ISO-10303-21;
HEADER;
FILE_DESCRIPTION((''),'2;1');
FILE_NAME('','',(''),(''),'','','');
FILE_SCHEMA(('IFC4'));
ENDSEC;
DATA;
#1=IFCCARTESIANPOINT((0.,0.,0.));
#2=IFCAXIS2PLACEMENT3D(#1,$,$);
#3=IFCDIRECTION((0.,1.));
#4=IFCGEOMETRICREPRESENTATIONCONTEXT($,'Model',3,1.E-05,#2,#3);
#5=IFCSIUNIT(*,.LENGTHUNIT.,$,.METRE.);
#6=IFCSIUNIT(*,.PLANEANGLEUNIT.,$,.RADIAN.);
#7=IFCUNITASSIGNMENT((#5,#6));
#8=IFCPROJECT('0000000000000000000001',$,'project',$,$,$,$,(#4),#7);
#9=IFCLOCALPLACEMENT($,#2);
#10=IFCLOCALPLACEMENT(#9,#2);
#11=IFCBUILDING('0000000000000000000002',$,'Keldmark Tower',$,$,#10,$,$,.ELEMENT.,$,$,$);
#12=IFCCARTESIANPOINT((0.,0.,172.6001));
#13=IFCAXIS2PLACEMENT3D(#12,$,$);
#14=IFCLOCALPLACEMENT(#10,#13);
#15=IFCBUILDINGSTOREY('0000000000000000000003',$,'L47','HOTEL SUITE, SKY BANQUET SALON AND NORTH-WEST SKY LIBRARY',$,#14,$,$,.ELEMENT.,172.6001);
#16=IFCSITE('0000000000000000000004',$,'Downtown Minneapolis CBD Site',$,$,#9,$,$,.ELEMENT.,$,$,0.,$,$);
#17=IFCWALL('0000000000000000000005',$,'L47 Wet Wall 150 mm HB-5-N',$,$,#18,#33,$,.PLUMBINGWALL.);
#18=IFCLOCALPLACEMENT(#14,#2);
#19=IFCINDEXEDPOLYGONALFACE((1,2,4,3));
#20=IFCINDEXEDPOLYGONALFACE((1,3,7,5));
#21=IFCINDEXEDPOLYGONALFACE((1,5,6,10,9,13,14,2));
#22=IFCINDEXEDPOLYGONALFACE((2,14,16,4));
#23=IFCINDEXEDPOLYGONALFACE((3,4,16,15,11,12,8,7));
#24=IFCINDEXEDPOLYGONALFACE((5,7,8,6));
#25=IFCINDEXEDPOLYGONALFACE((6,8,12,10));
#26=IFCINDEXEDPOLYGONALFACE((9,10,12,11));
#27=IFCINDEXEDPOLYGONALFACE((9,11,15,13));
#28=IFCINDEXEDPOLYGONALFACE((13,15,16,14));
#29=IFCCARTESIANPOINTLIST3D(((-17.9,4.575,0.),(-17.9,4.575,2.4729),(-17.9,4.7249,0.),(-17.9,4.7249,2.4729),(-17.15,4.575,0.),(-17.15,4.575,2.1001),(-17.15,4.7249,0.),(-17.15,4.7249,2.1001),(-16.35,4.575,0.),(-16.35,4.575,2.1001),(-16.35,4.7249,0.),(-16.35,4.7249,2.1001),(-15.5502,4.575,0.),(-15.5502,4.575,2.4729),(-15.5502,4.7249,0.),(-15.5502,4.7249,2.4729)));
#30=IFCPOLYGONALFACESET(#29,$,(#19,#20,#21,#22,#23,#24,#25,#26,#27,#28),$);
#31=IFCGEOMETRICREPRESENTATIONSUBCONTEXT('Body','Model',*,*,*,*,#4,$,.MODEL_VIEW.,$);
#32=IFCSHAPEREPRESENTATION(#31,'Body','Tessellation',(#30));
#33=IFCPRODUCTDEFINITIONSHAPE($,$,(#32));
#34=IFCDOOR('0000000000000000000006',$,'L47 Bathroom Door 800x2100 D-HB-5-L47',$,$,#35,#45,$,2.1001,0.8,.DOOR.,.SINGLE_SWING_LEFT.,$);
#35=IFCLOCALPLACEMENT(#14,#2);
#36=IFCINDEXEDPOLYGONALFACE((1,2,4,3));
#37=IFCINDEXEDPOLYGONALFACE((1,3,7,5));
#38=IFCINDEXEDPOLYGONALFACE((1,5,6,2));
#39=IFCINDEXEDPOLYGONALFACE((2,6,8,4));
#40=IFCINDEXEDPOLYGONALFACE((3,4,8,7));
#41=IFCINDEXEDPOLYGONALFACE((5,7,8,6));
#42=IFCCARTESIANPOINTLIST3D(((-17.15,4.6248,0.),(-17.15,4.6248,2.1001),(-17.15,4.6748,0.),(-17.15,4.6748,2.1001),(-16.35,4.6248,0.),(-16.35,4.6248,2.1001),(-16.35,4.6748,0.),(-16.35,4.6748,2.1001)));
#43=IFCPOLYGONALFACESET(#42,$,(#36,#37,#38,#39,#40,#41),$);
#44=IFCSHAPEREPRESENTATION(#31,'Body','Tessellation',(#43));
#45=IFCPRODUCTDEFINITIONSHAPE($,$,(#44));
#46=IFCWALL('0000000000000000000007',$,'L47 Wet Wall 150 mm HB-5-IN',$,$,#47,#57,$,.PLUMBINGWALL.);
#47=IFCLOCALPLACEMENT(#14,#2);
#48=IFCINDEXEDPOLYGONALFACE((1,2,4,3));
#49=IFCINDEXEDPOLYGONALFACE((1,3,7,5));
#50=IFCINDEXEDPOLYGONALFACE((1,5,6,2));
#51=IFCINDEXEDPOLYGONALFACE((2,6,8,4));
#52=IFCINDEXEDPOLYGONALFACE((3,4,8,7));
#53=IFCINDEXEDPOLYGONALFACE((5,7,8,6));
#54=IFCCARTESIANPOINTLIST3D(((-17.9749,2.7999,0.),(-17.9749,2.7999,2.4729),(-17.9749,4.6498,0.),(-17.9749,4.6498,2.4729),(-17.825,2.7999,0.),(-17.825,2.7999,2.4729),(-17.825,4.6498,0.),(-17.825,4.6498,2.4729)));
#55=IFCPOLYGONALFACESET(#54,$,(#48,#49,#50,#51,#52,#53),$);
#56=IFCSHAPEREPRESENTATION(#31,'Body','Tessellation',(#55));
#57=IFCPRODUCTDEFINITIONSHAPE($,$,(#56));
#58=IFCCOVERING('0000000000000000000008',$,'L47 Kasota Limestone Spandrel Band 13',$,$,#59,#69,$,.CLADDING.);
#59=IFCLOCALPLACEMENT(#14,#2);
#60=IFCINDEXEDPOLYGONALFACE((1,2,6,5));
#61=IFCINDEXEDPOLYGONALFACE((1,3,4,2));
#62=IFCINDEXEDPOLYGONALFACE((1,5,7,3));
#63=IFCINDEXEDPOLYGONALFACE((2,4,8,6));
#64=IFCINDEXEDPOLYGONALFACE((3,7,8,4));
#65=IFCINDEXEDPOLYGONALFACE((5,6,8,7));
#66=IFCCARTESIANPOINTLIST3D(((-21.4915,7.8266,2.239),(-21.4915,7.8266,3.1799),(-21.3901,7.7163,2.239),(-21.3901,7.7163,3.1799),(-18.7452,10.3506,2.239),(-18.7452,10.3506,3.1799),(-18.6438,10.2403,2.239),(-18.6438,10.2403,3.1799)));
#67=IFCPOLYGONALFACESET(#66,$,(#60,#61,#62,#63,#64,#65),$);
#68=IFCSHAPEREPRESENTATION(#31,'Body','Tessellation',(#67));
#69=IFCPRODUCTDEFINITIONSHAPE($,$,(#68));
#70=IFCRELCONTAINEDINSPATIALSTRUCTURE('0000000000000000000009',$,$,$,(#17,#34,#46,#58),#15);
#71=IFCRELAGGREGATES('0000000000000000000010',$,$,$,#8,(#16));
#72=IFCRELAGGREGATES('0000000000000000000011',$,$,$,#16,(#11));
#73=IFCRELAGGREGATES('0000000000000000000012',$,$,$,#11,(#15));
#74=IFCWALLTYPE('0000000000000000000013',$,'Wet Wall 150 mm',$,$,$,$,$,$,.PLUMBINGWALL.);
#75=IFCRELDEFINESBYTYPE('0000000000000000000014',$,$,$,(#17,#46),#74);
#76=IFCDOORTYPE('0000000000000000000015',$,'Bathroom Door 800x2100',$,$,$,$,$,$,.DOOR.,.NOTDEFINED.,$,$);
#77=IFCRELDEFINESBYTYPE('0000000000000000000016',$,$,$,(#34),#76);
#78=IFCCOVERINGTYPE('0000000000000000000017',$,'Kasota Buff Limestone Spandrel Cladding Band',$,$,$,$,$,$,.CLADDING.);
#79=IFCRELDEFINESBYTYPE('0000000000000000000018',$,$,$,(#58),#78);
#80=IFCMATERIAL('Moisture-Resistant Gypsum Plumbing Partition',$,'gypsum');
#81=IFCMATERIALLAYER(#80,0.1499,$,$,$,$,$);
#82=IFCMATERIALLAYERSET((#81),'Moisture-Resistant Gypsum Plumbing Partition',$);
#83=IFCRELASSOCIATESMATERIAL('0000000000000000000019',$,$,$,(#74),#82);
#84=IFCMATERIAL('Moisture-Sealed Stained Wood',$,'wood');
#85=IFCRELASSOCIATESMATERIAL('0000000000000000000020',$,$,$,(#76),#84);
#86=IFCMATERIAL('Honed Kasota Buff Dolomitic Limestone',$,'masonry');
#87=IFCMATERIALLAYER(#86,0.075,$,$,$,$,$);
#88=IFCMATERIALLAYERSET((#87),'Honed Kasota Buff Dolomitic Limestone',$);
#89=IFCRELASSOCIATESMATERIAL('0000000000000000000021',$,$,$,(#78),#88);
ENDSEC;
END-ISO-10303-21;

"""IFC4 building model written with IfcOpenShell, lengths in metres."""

from ifc_helpers import new_model, si_unit, direction, frame, frame_2d, origin, origin_2d, place, context, subcontext, project, spatial, rectangle, extrude, material, layer, layer_set, type_object, element, fill, save


model = new_model("IFC4")

# Units and contexts
model_context = context("Model", 3, precision=1e-05, world=origin(), true_north=direction((0.0, 1.0)))
body_context = subcontext(model_context, "Body", "Model", "MODEL_VIEW")
ifc_project = project(units=[si_unit("LENGTHUNIT", "METRE"), si_unit("PLANEANGLEUNIT", "RADIAN")], contexts=[model_context])

# Site, building, storey
site_placement = place(None, origin())
site = spatial("IfcSite", under=ifc_project, at=site_placement, Name="Downtown Minneapolis CBD Site", CompositionType="ELEMENT", RefElevation=0.0)
building_placement = place(site_placement, origin())
building = spatial("IfcBuilding", under=site, at=building_placement, Name="Keldmark Tower", CompositionType="ELEMENT")
storey_placement = place(building_placement, frame((0.0, 0.0, 172.6001)))
storey = spatial("IfcBuildingStorey", under=building, at=storey_placement, Name="L47", Description="HOTEL SUITE, SKY BANQUET SALON AND NORTH-WEST SKY LIBRARY", CompositionType="ELEMENT", Elevation=172.6001)

# Shared definitions
ifc_material_1 = material(Name="Moisture-Resistant Gypsum Plumbing Partition", Category="gypsum")
ifc_layer_1 = layer(ifc_material_1, 0.1499)
ifc_layer_set_1 = layer_set([ifc_layer_1], Name="Moisture-Resistant Gypsum Plumbing Partition")
wall_type_1 = type_object("IfcWallType", Name="Wet Wall 150 mm", PredefinedType="PLUMBINGWALL", material=ifc_layer_set_1)

# Wall, opening, door
wall_1_placement = place(storey_placement, frame((-17.8999, 4.6499, 0.0), z_axis=(0.0, 0.0, 1.0), x_axis=(1.0, 0.0, 0.0)))
wall_1 = element("IfcWall", 1, at=wall_1_placement, inside=storey, type_object=wall_type_1, Name="L47 Wet Wall 150 mm HB-5-N", PredefinedType="PLUMBINGWALL", context=body_context, shape_type="SweptSolid", body=[
    extrude(rectangle(XDim=2.3499, YDim=0.1499, at=frame_2d((1.1748, 0.0))), origin(), (0.0, 0.0, 1.0), 2.4729),
])
opening_1_placement = place(wall_1_placement, frame((0.75, 0.0, 0.0)))
opening_1 = element("IfcOpeningElement", 2, at=opening_1_placement, cuts=wall_1, PredefinedType="OPENING", context=body_context, shape_type="SweptSolid", body=[
    extrude(rectangle(XDim=0.8, YDim=2.1001, at=frame_2d((0.3999, 1.05))), frame((0.0, 0.085, 0.0), z_axis=(0.0, -1.0, 0.0), x_axis=(1.0, 0.0, 0.0)), (0.0, 0.0, 1.0), 0.1699),
])
ifc_material_2 = material(Name="Moisture-Sealed Stained Wood", Category="wood")
door_type = type_object("IfcDoorType", Name="Bathroom Door 800x2100", OperationType="NOTDEFINED", PredefinedType="DOOR", material=ifc_material_2)
door_placement = place(opening_1_placement, origin())
door = element("IfcDoor", 3, at=door_placement, inside=storey, type_object=door_type, Name="L47 Bathroom Door 800x2100 D-HB-5-L47", OperationType="SINGLE_SWING_LEFT", OverallHeight=2.1001, OverallWidth=0.8, PredefinedType="DOOR", context=body_context, shape_type="SweptSolid", body=[
    extrude(rectangle(XDim=0.8, YDim=2.1001, at=frame_2d((0.3999, 1.05))), frame((0.0, 0.0249, 0.0), z_axis=(0.0, -1.0, 0.0), x_axis=(1.0, 0.0, 0.0)), (0.0, 0.0, 1.0), 0.05),
])
fill(opening_1, door)

# Wall
wall_2_placement = place(storey_placement, frame((-17.8999, 2.8, 0.0), z_axis=(0.0, 0.0, 1.0), x_axis=(0.0, 1.0, 0.0)))
element("IfcWall", 4, at=wall_2_placement, inside=storey, type_object=wall_type_1, Name="L47 Wet Wall 150 mm HB-5-IN", PredefinedType="PLUMBINGWALL", context=body_context, shape_type="SweptSolid", body=[
    extrude(rectangle(XDim=1.8499, YDim=0.1499, at=frame_2d((0.9248, 0.0))), origin(), (0.0, 0.0, 1.0), 2.4729),
])

# Covering
ifc_material_3 = material(Name="Honed Kasota Buff Dolomitic Limestone", Category="masonry")
ifc_layer_2 = layer(ifc_material_3, 0.075)
ifc_layer_set_2 = layer_set([ifc_layer_2], Name="Honed Kasota Buff Dolomitic Limestone")
covering_type = type_object("IfcCoveringType", Name="Kasota Buff Limestone Spandrel Cladding Band", PredefinedType="CLADDING", material=ifc_layer_set_2)
covering_placement = place(storey_placement, frame((-20.0676, 9.0334, 2.239), z_axis=(0.0, 0.0, 1.0), x_axis=(-0.736274, -0.676683, 0.0)))
element("IfcCovering", 5, at=covering_placement, inside=storey, type_object=covering_type, Name="L47 Kasota Limestone Spandrel Band 13", PredefinedType="CLADDING", context=body_context, shape_type="SweptSolid", body=[
    extrude(rectangle(XDim=3.73, YDim=0.1499, at=origin_2d()), origin(), (0.0, 0.0, 1.0), 0.9409),
])

save(model, "model.ifc")
